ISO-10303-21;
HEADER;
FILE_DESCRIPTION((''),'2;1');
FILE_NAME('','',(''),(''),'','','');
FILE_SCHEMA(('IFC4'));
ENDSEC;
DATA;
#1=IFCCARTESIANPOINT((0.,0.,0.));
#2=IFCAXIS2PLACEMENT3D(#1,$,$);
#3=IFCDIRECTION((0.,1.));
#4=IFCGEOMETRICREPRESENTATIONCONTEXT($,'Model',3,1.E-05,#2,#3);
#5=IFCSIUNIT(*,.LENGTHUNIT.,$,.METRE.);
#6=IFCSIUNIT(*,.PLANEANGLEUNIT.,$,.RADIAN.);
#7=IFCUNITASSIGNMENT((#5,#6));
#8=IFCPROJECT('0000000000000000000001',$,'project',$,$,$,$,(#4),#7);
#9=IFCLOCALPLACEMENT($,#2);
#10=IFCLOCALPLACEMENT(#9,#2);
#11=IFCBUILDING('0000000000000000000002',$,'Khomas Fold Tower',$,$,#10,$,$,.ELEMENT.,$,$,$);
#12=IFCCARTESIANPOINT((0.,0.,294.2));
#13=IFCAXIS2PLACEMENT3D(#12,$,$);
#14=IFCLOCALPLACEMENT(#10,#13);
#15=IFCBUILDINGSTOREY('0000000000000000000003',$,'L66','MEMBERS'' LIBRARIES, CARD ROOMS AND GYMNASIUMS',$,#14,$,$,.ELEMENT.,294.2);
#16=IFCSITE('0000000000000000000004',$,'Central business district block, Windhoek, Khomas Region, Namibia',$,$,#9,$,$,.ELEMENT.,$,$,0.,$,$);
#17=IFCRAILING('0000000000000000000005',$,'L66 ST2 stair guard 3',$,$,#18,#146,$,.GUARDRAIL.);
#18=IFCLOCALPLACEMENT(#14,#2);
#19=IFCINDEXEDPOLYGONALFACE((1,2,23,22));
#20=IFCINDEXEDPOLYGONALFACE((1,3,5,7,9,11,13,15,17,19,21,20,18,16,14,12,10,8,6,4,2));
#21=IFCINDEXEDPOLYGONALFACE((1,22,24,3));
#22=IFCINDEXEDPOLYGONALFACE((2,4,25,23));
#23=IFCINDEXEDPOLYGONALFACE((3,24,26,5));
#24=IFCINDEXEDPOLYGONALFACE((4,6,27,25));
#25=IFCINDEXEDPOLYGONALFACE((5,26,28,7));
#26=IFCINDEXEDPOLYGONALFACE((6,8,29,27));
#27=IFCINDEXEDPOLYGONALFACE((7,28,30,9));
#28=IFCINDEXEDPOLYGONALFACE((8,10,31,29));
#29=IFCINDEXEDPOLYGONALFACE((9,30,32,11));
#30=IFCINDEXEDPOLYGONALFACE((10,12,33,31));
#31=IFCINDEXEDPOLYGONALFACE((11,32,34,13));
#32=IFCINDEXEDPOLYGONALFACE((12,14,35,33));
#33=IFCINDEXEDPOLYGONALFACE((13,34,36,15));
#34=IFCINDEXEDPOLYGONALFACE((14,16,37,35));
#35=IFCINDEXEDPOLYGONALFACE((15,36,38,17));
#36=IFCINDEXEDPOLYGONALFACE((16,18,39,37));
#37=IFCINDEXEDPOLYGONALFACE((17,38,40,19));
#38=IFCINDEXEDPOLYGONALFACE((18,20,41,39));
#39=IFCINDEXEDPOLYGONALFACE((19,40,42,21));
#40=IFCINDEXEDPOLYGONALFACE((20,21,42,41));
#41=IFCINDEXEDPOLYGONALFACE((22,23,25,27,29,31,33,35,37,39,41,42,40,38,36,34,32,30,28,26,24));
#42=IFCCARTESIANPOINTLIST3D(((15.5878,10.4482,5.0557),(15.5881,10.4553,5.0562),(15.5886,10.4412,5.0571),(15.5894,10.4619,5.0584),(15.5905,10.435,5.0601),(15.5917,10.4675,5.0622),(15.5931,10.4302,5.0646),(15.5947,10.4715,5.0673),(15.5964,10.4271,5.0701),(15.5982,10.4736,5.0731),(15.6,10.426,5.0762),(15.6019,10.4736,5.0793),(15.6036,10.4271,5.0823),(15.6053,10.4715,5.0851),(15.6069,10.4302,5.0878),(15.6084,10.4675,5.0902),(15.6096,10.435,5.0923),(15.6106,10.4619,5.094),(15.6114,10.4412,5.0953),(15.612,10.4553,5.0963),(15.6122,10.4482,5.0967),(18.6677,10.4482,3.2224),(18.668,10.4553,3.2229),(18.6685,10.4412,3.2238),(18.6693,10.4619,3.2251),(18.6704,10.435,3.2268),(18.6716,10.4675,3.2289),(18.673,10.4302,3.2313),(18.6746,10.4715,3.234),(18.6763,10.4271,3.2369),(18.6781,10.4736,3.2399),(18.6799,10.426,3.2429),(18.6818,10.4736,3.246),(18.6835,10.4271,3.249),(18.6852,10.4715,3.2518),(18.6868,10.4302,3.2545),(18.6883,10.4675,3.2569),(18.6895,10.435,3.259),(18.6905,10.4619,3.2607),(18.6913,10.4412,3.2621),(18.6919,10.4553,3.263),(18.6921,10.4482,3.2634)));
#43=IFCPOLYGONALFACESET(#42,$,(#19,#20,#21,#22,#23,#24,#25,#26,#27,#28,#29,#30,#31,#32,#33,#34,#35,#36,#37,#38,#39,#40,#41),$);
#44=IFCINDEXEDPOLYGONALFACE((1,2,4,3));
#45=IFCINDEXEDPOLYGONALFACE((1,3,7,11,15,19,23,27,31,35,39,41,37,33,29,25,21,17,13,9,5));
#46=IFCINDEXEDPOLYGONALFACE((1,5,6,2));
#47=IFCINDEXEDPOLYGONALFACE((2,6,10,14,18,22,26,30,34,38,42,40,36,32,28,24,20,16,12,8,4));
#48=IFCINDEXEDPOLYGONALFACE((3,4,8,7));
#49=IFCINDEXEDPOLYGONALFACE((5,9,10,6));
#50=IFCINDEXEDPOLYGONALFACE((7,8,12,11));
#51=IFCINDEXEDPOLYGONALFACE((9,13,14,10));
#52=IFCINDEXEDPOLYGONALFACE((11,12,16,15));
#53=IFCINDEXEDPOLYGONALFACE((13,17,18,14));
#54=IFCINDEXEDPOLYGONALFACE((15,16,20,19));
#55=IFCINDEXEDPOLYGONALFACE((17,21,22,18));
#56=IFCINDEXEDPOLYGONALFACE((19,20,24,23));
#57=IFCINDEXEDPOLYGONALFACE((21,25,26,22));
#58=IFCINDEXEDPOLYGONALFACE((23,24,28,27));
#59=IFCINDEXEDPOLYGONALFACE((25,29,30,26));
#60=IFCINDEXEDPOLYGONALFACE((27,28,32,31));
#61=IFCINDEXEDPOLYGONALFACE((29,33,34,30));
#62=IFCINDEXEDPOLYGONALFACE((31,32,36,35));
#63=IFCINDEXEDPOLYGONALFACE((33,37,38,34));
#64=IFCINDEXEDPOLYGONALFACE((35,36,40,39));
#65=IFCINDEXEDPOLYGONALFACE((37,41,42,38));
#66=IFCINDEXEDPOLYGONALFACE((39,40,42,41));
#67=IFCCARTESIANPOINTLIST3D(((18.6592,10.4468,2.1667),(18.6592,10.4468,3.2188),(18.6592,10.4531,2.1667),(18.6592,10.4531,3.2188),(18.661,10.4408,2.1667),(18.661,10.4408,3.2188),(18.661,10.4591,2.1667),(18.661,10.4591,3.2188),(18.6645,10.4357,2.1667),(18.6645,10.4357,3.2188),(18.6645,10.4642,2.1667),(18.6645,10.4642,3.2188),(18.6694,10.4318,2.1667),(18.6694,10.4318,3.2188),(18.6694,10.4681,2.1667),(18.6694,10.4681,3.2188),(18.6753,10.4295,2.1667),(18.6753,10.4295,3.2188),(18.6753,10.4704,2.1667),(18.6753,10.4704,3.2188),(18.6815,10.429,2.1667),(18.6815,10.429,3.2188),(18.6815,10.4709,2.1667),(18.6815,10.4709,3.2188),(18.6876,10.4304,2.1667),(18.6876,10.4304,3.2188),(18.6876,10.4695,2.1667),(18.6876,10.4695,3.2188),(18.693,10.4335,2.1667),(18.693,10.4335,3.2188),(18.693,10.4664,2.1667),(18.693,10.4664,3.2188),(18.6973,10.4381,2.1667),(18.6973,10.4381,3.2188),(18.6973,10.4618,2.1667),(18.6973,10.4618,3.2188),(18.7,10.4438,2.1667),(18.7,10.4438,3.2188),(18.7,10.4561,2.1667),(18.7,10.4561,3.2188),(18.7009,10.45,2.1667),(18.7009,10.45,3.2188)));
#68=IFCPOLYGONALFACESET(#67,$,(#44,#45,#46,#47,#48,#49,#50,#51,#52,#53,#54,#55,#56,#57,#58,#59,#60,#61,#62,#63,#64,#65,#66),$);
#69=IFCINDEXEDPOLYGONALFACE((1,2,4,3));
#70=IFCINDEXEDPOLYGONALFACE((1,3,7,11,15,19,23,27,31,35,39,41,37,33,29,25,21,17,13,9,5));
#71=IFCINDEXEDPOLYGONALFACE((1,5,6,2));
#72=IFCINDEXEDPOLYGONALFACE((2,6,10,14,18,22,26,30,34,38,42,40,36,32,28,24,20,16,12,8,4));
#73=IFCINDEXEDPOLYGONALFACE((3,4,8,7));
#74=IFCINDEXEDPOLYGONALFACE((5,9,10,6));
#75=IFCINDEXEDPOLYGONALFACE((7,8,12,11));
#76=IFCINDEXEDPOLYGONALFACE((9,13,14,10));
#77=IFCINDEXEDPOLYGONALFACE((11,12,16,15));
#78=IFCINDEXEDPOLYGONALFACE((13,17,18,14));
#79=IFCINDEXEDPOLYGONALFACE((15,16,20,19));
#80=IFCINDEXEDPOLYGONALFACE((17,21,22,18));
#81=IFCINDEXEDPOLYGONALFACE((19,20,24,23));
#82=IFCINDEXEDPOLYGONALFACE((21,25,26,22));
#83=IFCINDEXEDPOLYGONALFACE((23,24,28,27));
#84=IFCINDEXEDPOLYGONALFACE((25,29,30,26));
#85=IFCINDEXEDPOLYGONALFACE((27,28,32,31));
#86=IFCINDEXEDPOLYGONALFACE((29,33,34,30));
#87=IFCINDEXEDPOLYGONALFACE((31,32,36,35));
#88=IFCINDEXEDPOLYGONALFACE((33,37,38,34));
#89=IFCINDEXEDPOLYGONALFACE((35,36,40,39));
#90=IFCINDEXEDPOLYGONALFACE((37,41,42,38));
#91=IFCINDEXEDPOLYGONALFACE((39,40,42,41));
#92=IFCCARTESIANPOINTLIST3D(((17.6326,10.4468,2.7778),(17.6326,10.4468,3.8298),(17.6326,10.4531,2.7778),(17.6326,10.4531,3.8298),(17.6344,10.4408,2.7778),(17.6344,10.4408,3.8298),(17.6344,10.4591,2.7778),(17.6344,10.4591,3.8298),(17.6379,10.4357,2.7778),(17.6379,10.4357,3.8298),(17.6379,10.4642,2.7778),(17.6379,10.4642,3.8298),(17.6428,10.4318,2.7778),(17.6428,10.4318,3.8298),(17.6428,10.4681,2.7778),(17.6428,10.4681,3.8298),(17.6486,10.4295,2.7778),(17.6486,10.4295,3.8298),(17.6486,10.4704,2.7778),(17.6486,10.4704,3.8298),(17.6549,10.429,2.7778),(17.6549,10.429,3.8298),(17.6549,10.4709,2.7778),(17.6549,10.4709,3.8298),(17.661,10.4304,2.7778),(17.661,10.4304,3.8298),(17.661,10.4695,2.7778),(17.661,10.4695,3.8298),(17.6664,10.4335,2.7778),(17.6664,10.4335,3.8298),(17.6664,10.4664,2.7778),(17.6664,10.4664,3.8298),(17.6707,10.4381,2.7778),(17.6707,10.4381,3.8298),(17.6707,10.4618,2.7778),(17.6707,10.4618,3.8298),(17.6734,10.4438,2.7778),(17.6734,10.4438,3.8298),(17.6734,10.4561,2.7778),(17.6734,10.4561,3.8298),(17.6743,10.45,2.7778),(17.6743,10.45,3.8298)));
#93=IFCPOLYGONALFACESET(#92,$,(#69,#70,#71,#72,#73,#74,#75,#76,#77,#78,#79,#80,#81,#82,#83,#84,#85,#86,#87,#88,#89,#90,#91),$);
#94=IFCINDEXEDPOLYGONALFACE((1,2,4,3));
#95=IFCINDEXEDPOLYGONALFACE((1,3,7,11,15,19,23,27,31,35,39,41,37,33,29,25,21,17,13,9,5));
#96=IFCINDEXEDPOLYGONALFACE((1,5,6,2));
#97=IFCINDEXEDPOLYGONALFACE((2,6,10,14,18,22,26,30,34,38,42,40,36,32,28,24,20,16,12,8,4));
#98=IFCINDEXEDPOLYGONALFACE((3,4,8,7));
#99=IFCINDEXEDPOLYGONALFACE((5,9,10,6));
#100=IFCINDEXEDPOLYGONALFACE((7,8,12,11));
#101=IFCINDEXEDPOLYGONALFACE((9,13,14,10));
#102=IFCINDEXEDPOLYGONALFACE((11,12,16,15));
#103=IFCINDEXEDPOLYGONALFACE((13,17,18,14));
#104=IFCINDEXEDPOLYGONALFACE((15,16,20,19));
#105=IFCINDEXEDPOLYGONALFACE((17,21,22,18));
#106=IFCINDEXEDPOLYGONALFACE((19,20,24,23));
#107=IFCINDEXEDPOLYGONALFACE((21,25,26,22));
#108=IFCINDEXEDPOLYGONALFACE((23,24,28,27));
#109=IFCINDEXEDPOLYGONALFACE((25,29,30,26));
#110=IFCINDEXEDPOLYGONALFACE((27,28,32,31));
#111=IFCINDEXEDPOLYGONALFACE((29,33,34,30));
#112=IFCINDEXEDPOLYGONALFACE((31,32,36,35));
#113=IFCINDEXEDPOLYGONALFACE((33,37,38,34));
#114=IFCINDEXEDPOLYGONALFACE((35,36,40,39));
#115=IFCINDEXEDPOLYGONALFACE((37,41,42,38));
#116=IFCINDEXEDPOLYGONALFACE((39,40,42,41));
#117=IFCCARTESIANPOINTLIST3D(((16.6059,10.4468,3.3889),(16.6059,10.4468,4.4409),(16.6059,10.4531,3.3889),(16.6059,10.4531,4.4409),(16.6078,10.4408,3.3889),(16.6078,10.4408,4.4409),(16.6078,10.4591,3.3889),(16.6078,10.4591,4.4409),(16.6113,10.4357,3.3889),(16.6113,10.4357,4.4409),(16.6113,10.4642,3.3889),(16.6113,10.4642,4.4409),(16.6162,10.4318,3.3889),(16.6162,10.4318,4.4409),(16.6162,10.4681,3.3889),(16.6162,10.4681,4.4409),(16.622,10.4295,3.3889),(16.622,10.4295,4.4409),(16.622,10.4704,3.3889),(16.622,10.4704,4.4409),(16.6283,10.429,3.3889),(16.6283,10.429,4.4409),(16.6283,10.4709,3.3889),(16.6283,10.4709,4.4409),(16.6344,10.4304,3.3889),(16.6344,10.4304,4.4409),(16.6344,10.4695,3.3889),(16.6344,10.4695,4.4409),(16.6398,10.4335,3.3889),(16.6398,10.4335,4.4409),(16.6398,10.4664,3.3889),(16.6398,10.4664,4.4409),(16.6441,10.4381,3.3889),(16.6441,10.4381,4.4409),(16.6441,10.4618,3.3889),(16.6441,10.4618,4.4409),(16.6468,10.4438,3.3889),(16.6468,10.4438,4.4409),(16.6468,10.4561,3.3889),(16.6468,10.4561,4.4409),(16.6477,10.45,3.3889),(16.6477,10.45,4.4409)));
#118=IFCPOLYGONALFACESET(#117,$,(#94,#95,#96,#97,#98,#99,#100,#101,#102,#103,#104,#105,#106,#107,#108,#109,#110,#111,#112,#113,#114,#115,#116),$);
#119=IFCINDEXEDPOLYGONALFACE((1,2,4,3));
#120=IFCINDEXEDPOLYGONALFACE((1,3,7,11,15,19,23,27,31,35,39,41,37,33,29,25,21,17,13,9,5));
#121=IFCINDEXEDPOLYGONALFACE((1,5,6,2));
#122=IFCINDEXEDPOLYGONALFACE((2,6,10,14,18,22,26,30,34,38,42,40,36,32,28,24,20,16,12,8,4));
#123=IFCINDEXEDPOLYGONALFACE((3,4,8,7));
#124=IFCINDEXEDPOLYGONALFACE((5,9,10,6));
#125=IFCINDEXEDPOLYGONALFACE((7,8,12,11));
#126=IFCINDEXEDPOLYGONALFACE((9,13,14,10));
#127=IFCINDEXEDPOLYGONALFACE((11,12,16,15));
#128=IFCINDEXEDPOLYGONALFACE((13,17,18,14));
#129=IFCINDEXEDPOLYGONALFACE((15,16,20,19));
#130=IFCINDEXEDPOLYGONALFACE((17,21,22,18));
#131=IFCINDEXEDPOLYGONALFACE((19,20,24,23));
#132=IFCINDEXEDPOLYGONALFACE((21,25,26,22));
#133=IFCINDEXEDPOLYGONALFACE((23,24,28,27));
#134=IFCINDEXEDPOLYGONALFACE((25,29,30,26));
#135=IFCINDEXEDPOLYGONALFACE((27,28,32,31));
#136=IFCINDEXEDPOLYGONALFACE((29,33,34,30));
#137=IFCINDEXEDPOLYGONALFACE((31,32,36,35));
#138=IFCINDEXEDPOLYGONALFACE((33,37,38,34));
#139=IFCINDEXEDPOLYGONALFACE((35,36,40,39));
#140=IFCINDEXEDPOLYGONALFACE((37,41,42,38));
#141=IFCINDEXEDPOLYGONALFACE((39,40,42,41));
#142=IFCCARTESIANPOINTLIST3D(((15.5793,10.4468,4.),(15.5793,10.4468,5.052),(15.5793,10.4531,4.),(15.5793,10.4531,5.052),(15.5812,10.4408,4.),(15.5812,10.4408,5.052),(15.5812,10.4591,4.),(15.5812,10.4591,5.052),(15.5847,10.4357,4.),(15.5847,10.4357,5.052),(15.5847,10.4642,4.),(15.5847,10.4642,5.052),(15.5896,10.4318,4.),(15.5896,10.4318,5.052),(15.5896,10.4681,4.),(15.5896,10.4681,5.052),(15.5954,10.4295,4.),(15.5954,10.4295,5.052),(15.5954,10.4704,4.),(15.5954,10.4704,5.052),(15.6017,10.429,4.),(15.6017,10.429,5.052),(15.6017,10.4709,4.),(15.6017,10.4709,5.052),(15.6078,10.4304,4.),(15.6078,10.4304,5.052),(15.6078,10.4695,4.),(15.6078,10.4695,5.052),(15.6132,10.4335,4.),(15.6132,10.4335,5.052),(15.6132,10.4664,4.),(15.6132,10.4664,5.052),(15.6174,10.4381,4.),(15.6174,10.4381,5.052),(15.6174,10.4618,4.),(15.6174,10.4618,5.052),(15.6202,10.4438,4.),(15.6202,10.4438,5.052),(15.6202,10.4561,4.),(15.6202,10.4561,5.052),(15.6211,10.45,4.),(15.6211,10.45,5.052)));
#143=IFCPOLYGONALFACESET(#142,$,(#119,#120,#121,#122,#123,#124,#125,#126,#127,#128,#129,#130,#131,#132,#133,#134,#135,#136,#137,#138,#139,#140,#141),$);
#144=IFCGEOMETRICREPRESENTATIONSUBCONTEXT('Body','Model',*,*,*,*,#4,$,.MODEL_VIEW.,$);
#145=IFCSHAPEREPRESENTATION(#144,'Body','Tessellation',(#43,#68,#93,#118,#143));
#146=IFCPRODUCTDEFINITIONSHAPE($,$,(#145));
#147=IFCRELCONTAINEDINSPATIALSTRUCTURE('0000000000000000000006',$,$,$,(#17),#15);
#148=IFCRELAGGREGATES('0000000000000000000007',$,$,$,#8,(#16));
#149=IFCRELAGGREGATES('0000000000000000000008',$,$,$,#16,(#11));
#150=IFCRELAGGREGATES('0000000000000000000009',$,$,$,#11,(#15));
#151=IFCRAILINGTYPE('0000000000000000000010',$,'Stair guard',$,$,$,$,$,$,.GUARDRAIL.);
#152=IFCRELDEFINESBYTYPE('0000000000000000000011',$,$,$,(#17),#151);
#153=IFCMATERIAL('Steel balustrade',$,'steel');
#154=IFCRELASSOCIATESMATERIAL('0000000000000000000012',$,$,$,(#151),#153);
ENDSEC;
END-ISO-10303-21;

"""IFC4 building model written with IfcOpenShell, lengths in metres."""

from ifc_helpers import new_model, si_unit, direction, frame, origin, origin_2d, place, context, subcontext, project, spatial, circle, extrude, source, transform, mapped, material, type_object, element, save


model = new_model("IFC4")

# Units and contexts
model_context = context("Model", 3, precision=1e-05, world=origin(), true_north=direction((0.0, 1.0)))
body_context = subcontext(model_context, "Body", "Model", "MODEL_VIEW")
ifc_project = project(units=[si_unit("LENGTHUNIT", "METRE"), si_unit("PLANEANGLEUNIT", "RADIAN")], contexts=[model_context])

# Site, building, storey
site_placement = place(None, origin())
site = spatial("IfcSite", under=ifc_project, at=site_placement, Name="Central business district block, Windhoek, Khomas Region, Namibia", CompositionType="ELEMENT", RefElevation=0.0)
building_placement = place(site_placement, origin())
building = spatial("IfcBuilding", under=site, at=building_placement, Name="Khomas Fold Tower", CompositionType="ELEMENT")
storey_placement = place(building_placement, frame((0.0, 0.0, 294.2)))
storey = spatial("IfcBuildingStorey", under=building, at=storey_placement, Name="L66", Description="MEMBERS' LIBRARIES, CARD ROOMS AND GYMNASIUMS", CompositionType="ELEMENT", Elevation=294.2)

# Railing
ifc_material_1 = material(Name="Steel balustrade", Category="steel")
railing_type_1 = type_object("IfcRailingType", Name="Stair guard", PredefinedType="GUARDRAIL", material=ifc_material_1)
shared_shape_1 = source(origin(), body_context, "Body", "SweptSolid", [
    extrude(circle(Radius=0.0239, at=origin_2d()), frame((0.0, 0.0, 1.0762), z_axis=(-0.859291, 0.0, 0.511487), x_axis=(0.0, -1.0, 0.0)), (0.0, 0.0, 1.0), 3.5842),
    extrude(circle(Radius=0.021, at=origin_2d()), origin(), (0.0, 0.0, 1.0), 1.052),
    extrude(circle(Radius=0.021, at=origin_2d()), frame((-1.0266, 0.0, 0.6111)), (0.0, 0.0, 1.0), 1.052),
    extrude(circle(Radius=0.021, at=origin_2d()), frame((-2.0532, 0.0, 1.2222)), (0.0, 0.0, 1.0), 1.052),
    extrude(circle(Radius=0.021, at=origin_2d()), frame((-3.0798, 0.0, 1.8333)), (0.0, 0.0, 1.0), 1.052),
])
railing_1_placement = place(storey_placement, frame((18.6799, 10.45, 2.1667)))
element("IfcRailing", 1, at=railing_1_placement, inside=storey, type_object=railing_type_1, Name="L66 ST2 stair guard 3", PredefinedType="GUARDRAIL", context=body_context, shape_type="MappedRepresentation", body=[
    mapped(shared_shape_1, transform((0.0, 0.0, 0.0))),
])

save(model, "model.ifc")
